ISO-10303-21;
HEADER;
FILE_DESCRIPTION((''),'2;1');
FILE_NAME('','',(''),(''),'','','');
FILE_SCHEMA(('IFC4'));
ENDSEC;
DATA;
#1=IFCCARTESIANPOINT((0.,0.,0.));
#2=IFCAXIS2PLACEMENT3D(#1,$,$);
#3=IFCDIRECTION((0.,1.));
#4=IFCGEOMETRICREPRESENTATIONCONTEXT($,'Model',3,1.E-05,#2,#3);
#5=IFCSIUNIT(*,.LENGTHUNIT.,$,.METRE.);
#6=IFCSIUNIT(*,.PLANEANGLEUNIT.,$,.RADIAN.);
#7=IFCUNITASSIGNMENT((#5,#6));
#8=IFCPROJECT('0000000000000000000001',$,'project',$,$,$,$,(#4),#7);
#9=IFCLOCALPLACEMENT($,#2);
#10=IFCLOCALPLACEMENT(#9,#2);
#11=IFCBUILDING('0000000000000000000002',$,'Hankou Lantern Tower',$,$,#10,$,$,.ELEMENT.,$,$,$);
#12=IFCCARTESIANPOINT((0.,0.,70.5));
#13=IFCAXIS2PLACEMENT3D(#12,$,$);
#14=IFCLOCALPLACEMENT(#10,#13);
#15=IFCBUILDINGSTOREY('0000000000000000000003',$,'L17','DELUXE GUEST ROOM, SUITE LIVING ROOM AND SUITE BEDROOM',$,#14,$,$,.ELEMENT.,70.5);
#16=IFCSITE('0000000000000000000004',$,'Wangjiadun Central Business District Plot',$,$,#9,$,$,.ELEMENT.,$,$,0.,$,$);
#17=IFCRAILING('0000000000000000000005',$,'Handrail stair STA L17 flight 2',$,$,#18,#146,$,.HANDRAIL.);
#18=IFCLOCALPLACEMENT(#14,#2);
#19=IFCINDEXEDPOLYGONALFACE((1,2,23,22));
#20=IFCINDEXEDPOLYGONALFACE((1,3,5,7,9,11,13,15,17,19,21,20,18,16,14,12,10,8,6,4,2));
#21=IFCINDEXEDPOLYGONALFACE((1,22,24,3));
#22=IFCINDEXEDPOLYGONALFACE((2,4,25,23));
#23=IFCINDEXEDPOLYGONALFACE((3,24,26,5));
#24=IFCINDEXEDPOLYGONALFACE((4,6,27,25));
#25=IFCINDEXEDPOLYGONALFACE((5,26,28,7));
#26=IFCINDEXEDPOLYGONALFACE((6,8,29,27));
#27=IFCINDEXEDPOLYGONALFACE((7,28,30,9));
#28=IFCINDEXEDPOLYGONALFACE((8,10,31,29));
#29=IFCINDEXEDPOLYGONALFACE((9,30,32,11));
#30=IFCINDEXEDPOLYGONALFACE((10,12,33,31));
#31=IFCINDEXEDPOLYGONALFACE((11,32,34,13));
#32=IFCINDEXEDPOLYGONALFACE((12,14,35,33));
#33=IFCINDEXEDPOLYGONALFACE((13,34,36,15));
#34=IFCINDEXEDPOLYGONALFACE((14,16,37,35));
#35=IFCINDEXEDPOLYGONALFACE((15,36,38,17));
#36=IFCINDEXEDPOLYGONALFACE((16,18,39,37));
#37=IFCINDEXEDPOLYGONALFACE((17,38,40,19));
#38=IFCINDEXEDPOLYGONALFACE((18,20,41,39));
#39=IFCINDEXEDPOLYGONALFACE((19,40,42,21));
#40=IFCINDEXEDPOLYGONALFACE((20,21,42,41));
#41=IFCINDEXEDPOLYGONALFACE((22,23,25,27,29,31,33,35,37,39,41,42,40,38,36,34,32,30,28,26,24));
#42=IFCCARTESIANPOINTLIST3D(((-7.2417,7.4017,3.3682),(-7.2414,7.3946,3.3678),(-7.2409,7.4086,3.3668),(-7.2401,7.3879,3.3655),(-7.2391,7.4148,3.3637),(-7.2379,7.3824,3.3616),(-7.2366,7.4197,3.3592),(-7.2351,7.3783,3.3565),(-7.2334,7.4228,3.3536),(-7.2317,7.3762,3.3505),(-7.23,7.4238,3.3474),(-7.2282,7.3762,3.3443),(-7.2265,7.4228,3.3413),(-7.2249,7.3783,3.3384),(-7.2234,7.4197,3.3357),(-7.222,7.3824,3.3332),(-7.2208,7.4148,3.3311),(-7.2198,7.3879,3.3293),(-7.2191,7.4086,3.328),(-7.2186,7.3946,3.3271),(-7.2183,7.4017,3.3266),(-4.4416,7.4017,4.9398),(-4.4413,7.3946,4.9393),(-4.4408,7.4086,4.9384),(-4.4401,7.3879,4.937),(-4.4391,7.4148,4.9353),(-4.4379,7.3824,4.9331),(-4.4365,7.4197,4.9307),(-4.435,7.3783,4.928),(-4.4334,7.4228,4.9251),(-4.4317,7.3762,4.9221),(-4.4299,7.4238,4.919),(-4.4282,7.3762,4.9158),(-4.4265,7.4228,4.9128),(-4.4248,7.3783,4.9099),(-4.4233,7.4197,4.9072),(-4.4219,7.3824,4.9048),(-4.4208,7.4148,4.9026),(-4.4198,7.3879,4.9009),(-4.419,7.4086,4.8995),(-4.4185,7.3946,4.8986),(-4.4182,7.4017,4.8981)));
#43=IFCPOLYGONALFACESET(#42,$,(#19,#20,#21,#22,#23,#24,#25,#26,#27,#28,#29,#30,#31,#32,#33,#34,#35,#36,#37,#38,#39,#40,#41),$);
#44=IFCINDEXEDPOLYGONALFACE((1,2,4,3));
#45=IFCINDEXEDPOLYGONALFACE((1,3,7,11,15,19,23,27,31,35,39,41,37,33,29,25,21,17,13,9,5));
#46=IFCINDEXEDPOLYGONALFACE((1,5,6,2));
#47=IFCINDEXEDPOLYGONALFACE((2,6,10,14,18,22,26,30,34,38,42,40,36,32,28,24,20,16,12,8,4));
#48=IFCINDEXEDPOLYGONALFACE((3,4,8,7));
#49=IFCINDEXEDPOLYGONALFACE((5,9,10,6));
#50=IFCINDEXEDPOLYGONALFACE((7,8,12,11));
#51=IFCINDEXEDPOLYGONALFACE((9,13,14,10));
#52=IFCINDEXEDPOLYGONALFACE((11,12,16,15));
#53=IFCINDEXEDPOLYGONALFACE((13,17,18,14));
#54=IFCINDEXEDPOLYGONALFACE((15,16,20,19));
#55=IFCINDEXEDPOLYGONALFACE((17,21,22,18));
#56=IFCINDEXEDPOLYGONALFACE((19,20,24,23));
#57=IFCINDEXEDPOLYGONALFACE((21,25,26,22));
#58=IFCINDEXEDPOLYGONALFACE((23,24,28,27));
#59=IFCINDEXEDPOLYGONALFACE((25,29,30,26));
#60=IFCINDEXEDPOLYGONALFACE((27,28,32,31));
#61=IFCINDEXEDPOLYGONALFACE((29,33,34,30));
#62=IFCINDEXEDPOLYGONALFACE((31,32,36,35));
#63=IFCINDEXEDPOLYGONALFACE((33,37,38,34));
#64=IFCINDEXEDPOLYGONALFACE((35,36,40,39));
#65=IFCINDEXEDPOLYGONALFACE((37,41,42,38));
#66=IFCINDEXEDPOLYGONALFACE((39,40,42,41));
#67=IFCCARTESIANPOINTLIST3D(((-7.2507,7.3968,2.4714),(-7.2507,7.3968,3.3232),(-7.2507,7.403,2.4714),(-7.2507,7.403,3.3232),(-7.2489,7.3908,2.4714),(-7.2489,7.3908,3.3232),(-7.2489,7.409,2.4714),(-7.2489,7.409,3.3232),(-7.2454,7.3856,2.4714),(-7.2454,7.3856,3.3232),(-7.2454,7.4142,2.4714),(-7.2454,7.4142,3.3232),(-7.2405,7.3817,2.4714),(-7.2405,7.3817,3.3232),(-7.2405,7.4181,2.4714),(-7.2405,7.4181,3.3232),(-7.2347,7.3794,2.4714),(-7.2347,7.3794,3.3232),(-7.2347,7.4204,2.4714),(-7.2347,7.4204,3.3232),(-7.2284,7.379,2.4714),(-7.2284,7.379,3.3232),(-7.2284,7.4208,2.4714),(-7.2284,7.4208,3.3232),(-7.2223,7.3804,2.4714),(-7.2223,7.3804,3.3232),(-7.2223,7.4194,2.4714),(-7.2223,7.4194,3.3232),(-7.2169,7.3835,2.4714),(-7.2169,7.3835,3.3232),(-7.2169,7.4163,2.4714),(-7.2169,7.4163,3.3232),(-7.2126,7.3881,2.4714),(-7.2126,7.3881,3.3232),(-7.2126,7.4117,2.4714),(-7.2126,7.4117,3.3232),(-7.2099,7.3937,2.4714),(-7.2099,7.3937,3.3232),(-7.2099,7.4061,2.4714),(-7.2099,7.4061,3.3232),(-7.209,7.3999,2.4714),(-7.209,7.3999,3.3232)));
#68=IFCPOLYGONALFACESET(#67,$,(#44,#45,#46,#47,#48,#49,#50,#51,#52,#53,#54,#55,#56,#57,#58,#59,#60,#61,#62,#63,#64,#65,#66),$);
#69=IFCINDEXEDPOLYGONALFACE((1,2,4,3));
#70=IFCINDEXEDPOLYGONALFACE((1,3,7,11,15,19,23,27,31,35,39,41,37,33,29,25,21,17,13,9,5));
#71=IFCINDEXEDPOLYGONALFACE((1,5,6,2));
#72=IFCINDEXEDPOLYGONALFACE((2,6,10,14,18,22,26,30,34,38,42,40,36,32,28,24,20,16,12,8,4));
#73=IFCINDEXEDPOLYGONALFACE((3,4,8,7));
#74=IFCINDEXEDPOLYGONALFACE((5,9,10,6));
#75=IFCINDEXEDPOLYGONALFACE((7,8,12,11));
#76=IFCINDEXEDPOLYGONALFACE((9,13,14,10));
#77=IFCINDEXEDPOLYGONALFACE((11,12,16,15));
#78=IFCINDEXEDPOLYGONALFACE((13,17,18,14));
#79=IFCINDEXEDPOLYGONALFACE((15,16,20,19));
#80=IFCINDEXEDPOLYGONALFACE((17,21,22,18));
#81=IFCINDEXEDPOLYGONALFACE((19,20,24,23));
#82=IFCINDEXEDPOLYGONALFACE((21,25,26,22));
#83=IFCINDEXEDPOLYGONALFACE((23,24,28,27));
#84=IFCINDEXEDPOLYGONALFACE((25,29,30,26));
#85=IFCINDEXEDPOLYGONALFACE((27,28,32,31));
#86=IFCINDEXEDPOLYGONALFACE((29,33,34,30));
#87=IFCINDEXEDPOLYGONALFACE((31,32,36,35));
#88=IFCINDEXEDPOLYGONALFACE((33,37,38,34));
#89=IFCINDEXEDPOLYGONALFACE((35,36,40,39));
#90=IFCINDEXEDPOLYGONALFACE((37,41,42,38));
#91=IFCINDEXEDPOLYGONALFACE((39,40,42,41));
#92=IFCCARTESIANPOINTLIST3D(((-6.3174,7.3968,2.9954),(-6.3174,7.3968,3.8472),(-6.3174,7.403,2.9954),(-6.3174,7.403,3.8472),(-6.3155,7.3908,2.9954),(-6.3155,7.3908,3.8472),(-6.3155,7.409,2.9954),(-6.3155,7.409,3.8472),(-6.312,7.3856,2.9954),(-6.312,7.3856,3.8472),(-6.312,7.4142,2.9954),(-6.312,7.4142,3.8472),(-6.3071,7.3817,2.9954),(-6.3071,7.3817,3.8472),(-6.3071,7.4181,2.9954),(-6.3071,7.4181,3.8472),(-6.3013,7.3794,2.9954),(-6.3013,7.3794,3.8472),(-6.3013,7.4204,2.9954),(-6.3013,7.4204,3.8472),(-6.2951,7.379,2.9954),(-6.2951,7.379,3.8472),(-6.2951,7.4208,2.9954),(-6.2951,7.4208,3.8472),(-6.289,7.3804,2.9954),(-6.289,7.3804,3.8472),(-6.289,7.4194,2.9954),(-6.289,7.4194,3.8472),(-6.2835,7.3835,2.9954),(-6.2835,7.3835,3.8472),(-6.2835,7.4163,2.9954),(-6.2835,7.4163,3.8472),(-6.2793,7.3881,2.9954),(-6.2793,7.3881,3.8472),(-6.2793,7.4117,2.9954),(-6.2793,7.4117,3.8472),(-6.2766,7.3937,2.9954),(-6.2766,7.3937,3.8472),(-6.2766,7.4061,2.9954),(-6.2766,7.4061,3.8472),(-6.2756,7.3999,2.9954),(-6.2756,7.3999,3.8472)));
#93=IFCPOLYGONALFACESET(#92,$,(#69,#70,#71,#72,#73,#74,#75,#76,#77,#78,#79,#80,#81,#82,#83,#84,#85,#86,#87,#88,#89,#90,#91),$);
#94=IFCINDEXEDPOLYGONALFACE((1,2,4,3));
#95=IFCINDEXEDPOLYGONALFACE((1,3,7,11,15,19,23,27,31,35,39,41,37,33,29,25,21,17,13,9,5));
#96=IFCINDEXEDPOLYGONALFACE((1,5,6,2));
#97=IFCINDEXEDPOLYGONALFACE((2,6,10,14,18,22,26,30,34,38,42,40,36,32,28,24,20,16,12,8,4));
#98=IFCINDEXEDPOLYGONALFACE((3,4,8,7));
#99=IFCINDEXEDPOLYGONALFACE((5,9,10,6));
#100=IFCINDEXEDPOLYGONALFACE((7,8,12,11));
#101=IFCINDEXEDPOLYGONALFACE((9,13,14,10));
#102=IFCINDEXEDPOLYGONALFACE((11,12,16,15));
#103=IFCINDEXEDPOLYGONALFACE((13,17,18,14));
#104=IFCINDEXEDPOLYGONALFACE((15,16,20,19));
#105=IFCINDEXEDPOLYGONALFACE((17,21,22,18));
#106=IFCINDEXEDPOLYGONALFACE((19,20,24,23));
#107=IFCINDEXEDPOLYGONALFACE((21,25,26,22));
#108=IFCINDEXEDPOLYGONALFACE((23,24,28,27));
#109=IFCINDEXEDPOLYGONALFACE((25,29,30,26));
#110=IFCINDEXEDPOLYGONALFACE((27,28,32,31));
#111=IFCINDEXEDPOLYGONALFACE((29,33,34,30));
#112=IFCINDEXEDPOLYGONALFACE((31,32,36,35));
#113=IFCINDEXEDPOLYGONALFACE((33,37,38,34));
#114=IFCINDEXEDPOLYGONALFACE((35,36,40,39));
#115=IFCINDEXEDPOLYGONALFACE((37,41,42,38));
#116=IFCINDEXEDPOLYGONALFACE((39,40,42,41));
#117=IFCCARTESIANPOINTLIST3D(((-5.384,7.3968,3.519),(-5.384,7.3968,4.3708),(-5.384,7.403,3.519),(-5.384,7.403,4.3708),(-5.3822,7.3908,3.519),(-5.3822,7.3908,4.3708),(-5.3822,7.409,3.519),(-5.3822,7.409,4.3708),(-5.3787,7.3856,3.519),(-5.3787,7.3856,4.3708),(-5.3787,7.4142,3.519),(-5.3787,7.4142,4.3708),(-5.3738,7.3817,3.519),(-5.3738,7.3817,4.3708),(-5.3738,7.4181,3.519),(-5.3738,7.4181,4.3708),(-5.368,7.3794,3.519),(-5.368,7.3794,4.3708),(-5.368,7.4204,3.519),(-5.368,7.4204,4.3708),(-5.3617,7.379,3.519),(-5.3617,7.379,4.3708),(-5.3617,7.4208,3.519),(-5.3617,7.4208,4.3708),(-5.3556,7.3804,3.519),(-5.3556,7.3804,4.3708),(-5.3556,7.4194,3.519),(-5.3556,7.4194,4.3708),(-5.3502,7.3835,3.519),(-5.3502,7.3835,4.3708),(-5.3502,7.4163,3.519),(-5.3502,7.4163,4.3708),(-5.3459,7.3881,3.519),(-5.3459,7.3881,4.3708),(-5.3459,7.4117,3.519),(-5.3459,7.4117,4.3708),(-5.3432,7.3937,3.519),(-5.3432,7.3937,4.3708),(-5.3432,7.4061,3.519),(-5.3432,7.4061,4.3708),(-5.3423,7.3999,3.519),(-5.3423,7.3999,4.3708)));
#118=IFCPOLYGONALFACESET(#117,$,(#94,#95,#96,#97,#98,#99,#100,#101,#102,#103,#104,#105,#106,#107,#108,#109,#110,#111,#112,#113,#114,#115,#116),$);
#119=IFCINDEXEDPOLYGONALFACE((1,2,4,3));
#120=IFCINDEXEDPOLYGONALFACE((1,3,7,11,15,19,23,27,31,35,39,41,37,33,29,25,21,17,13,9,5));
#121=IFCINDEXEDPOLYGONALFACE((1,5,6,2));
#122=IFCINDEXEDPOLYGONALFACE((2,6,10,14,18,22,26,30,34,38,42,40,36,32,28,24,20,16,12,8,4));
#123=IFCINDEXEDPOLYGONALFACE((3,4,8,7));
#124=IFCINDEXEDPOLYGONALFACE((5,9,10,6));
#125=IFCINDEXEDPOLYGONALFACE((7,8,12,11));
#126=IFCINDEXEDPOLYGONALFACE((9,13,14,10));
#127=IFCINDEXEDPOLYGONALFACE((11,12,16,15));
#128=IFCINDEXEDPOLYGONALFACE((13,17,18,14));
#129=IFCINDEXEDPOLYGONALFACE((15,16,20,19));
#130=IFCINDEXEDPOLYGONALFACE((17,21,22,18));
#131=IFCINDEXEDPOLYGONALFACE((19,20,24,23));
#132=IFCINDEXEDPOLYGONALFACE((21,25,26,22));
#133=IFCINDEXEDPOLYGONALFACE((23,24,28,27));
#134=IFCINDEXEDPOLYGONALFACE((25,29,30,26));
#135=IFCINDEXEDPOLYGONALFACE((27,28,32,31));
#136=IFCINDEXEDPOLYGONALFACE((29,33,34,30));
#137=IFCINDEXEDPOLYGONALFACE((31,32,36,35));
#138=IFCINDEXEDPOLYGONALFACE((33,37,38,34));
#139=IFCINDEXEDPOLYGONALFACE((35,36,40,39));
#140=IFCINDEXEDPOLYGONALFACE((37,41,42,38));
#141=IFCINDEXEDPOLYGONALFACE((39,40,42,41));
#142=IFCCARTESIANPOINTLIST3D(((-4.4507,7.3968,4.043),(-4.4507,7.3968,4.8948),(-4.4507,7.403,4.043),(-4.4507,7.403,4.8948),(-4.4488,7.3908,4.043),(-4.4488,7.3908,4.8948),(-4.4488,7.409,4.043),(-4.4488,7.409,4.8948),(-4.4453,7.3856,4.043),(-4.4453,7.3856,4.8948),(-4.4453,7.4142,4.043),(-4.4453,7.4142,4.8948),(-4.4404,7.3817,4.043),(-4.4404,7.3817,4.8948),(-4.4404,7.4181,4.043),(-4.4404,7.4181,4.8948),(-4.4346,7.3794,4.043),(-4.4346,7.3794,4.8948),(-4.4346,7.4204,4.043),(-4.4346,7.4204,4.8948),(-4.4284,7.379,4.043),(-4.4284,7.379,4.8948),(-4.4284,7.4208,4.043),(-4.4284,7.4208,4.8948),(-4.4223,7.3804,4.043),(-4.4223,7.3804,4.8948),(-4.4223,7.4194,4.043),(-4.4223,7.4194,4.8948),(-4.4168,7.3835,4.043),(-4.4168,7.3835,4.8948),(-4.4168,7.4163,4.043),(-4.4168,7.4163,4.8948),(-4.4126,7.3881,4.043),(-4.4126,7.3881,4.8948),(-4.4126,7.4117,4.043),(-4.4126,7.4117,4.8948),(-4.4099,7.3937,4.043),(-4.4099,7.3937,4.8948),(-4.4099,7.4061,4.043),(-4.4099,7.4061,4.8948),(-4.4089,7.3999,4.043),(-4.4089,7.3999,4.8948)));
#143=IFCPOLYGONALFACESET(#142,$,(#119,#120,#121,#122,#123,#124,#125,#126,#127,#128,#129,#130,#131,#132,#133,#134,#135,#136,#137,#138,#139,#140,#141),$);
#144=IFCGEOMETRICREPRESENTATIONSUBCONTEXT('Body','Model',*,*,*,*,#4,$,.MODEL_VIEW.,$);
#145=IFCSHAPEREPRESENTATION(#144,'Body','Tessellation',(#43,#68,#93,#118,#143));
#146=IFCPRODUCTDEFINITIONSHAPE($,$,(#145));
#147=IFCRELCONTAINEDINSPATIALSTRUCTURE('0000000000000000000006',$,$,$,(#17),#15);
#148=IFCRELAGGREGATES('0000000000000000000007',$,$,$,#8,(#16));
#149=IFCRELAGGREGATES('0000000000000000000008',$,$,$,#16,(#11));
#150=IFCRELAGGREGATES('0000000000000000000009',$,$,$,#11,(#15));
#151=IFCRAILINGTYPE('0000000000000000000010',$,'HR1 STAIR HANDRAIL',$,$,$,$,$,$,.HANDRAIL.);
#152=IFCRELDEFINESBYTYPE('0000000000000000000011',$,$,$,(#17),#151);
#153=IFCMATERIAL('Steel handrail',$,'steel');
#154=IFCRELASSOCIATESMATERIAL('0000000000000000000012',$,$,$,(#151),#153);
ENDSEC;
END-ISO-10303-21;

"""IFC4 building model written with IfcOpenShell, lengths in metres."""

from ifc_helpers import new_model, si_unit, direction, frame, origin, origin_2d, place, context, subcontext, project, spatial, circle, extrude, material, type_object, element, save


model = new_model("IFC4")

# Units and contexts
model_context = context("Model", 3, precision=1e-05, world=origin(), true_north=direction((0.0, 1.0)))
body_context = subcontext(model_context, "Body", "Model", "MODEL_VIEW")
ifc_project = project(units=[si_unit("LENGTHUNIT", "METRE"), si_unit("PLANEANGLEUNIT", "RADIAN")], contexts=[model_context])

# Site, building, storey
site_placement = place(None, origin())
site = spatial("IfcSite", under=ifc_project, at=site_placement, Name="Wangjiadun Central Business District Plot", CompositionType="ELEMENT", RefElevation=0.0)
building_placement = place(site_placement, origin())
building = spatial("IfcBuilding", under=site, at=building_placement, Name="Hankou Lantern Tower", CompositionType="ELEMENT")
storey_placement = place(building_placement, frame((0.0, 0.0, 70.5)))
storey = spatial("IfcBuildingStorey", under=building, at=storey_placement, Name="L17", Description="DELUXE GUEST ROOM, SUITE LIVING ROOM AND SUITE BEDROOM", CompositionType="ELEMENT", Elevation=70.5)

# Railing
ifc_material_1 = material(Name="Steel handrail", Category="steel")
railing_type = type_object("IfcRailingType", Name="HR1 STAIR HANDRAIL", PredefinedType="HANDRAIL", material=ifc_material_1)
railing_1_placement = place(storey_placement, frame((-7.23, 7.3999, 2.4714)))
element("IfcRailing", 1, at=railing_1_placement, inside=storey, type_object=railing_type, Name="Handrail stair STA L17 flight 2", PredefinedType="HANDRAIL", context=body_context, shape_type="SweptSolid", body=[
    extrude(circle(Radius=0.0239, at=origin_2d()), frame((0.0, 0.0, 0.876), z_axis=(0.87204, 0.0, 0.489434), x_axis=(0.0, 1.0, 0.0)), (0.0, 0.0, 1.0), 3.2109),
    extrude(circle(Radius=0.021, at=origin_2d()), origin(), (0.0, 0.0, 1.0), 0.8518),
    extrude(circle(Radius=0.021, at=origin_2d()), frame((0.9333, 0.0, 0.5239)), (0.0, 0.0, 1.0), 0.8518),
    extrude(circle(Radius=0.021, at=origin_2d()), frame((1.8667, 0.0, 1.0476)), (0.0, 0.0, 1.0), 0.8518),
    extrude(circle(Radius=0.021, at=origin_2d()), frame((2.8, 0.0, 1.5715)), (0.0, 0.0, 1.0), 0.8518),
])

save(model, "model.ifc")
